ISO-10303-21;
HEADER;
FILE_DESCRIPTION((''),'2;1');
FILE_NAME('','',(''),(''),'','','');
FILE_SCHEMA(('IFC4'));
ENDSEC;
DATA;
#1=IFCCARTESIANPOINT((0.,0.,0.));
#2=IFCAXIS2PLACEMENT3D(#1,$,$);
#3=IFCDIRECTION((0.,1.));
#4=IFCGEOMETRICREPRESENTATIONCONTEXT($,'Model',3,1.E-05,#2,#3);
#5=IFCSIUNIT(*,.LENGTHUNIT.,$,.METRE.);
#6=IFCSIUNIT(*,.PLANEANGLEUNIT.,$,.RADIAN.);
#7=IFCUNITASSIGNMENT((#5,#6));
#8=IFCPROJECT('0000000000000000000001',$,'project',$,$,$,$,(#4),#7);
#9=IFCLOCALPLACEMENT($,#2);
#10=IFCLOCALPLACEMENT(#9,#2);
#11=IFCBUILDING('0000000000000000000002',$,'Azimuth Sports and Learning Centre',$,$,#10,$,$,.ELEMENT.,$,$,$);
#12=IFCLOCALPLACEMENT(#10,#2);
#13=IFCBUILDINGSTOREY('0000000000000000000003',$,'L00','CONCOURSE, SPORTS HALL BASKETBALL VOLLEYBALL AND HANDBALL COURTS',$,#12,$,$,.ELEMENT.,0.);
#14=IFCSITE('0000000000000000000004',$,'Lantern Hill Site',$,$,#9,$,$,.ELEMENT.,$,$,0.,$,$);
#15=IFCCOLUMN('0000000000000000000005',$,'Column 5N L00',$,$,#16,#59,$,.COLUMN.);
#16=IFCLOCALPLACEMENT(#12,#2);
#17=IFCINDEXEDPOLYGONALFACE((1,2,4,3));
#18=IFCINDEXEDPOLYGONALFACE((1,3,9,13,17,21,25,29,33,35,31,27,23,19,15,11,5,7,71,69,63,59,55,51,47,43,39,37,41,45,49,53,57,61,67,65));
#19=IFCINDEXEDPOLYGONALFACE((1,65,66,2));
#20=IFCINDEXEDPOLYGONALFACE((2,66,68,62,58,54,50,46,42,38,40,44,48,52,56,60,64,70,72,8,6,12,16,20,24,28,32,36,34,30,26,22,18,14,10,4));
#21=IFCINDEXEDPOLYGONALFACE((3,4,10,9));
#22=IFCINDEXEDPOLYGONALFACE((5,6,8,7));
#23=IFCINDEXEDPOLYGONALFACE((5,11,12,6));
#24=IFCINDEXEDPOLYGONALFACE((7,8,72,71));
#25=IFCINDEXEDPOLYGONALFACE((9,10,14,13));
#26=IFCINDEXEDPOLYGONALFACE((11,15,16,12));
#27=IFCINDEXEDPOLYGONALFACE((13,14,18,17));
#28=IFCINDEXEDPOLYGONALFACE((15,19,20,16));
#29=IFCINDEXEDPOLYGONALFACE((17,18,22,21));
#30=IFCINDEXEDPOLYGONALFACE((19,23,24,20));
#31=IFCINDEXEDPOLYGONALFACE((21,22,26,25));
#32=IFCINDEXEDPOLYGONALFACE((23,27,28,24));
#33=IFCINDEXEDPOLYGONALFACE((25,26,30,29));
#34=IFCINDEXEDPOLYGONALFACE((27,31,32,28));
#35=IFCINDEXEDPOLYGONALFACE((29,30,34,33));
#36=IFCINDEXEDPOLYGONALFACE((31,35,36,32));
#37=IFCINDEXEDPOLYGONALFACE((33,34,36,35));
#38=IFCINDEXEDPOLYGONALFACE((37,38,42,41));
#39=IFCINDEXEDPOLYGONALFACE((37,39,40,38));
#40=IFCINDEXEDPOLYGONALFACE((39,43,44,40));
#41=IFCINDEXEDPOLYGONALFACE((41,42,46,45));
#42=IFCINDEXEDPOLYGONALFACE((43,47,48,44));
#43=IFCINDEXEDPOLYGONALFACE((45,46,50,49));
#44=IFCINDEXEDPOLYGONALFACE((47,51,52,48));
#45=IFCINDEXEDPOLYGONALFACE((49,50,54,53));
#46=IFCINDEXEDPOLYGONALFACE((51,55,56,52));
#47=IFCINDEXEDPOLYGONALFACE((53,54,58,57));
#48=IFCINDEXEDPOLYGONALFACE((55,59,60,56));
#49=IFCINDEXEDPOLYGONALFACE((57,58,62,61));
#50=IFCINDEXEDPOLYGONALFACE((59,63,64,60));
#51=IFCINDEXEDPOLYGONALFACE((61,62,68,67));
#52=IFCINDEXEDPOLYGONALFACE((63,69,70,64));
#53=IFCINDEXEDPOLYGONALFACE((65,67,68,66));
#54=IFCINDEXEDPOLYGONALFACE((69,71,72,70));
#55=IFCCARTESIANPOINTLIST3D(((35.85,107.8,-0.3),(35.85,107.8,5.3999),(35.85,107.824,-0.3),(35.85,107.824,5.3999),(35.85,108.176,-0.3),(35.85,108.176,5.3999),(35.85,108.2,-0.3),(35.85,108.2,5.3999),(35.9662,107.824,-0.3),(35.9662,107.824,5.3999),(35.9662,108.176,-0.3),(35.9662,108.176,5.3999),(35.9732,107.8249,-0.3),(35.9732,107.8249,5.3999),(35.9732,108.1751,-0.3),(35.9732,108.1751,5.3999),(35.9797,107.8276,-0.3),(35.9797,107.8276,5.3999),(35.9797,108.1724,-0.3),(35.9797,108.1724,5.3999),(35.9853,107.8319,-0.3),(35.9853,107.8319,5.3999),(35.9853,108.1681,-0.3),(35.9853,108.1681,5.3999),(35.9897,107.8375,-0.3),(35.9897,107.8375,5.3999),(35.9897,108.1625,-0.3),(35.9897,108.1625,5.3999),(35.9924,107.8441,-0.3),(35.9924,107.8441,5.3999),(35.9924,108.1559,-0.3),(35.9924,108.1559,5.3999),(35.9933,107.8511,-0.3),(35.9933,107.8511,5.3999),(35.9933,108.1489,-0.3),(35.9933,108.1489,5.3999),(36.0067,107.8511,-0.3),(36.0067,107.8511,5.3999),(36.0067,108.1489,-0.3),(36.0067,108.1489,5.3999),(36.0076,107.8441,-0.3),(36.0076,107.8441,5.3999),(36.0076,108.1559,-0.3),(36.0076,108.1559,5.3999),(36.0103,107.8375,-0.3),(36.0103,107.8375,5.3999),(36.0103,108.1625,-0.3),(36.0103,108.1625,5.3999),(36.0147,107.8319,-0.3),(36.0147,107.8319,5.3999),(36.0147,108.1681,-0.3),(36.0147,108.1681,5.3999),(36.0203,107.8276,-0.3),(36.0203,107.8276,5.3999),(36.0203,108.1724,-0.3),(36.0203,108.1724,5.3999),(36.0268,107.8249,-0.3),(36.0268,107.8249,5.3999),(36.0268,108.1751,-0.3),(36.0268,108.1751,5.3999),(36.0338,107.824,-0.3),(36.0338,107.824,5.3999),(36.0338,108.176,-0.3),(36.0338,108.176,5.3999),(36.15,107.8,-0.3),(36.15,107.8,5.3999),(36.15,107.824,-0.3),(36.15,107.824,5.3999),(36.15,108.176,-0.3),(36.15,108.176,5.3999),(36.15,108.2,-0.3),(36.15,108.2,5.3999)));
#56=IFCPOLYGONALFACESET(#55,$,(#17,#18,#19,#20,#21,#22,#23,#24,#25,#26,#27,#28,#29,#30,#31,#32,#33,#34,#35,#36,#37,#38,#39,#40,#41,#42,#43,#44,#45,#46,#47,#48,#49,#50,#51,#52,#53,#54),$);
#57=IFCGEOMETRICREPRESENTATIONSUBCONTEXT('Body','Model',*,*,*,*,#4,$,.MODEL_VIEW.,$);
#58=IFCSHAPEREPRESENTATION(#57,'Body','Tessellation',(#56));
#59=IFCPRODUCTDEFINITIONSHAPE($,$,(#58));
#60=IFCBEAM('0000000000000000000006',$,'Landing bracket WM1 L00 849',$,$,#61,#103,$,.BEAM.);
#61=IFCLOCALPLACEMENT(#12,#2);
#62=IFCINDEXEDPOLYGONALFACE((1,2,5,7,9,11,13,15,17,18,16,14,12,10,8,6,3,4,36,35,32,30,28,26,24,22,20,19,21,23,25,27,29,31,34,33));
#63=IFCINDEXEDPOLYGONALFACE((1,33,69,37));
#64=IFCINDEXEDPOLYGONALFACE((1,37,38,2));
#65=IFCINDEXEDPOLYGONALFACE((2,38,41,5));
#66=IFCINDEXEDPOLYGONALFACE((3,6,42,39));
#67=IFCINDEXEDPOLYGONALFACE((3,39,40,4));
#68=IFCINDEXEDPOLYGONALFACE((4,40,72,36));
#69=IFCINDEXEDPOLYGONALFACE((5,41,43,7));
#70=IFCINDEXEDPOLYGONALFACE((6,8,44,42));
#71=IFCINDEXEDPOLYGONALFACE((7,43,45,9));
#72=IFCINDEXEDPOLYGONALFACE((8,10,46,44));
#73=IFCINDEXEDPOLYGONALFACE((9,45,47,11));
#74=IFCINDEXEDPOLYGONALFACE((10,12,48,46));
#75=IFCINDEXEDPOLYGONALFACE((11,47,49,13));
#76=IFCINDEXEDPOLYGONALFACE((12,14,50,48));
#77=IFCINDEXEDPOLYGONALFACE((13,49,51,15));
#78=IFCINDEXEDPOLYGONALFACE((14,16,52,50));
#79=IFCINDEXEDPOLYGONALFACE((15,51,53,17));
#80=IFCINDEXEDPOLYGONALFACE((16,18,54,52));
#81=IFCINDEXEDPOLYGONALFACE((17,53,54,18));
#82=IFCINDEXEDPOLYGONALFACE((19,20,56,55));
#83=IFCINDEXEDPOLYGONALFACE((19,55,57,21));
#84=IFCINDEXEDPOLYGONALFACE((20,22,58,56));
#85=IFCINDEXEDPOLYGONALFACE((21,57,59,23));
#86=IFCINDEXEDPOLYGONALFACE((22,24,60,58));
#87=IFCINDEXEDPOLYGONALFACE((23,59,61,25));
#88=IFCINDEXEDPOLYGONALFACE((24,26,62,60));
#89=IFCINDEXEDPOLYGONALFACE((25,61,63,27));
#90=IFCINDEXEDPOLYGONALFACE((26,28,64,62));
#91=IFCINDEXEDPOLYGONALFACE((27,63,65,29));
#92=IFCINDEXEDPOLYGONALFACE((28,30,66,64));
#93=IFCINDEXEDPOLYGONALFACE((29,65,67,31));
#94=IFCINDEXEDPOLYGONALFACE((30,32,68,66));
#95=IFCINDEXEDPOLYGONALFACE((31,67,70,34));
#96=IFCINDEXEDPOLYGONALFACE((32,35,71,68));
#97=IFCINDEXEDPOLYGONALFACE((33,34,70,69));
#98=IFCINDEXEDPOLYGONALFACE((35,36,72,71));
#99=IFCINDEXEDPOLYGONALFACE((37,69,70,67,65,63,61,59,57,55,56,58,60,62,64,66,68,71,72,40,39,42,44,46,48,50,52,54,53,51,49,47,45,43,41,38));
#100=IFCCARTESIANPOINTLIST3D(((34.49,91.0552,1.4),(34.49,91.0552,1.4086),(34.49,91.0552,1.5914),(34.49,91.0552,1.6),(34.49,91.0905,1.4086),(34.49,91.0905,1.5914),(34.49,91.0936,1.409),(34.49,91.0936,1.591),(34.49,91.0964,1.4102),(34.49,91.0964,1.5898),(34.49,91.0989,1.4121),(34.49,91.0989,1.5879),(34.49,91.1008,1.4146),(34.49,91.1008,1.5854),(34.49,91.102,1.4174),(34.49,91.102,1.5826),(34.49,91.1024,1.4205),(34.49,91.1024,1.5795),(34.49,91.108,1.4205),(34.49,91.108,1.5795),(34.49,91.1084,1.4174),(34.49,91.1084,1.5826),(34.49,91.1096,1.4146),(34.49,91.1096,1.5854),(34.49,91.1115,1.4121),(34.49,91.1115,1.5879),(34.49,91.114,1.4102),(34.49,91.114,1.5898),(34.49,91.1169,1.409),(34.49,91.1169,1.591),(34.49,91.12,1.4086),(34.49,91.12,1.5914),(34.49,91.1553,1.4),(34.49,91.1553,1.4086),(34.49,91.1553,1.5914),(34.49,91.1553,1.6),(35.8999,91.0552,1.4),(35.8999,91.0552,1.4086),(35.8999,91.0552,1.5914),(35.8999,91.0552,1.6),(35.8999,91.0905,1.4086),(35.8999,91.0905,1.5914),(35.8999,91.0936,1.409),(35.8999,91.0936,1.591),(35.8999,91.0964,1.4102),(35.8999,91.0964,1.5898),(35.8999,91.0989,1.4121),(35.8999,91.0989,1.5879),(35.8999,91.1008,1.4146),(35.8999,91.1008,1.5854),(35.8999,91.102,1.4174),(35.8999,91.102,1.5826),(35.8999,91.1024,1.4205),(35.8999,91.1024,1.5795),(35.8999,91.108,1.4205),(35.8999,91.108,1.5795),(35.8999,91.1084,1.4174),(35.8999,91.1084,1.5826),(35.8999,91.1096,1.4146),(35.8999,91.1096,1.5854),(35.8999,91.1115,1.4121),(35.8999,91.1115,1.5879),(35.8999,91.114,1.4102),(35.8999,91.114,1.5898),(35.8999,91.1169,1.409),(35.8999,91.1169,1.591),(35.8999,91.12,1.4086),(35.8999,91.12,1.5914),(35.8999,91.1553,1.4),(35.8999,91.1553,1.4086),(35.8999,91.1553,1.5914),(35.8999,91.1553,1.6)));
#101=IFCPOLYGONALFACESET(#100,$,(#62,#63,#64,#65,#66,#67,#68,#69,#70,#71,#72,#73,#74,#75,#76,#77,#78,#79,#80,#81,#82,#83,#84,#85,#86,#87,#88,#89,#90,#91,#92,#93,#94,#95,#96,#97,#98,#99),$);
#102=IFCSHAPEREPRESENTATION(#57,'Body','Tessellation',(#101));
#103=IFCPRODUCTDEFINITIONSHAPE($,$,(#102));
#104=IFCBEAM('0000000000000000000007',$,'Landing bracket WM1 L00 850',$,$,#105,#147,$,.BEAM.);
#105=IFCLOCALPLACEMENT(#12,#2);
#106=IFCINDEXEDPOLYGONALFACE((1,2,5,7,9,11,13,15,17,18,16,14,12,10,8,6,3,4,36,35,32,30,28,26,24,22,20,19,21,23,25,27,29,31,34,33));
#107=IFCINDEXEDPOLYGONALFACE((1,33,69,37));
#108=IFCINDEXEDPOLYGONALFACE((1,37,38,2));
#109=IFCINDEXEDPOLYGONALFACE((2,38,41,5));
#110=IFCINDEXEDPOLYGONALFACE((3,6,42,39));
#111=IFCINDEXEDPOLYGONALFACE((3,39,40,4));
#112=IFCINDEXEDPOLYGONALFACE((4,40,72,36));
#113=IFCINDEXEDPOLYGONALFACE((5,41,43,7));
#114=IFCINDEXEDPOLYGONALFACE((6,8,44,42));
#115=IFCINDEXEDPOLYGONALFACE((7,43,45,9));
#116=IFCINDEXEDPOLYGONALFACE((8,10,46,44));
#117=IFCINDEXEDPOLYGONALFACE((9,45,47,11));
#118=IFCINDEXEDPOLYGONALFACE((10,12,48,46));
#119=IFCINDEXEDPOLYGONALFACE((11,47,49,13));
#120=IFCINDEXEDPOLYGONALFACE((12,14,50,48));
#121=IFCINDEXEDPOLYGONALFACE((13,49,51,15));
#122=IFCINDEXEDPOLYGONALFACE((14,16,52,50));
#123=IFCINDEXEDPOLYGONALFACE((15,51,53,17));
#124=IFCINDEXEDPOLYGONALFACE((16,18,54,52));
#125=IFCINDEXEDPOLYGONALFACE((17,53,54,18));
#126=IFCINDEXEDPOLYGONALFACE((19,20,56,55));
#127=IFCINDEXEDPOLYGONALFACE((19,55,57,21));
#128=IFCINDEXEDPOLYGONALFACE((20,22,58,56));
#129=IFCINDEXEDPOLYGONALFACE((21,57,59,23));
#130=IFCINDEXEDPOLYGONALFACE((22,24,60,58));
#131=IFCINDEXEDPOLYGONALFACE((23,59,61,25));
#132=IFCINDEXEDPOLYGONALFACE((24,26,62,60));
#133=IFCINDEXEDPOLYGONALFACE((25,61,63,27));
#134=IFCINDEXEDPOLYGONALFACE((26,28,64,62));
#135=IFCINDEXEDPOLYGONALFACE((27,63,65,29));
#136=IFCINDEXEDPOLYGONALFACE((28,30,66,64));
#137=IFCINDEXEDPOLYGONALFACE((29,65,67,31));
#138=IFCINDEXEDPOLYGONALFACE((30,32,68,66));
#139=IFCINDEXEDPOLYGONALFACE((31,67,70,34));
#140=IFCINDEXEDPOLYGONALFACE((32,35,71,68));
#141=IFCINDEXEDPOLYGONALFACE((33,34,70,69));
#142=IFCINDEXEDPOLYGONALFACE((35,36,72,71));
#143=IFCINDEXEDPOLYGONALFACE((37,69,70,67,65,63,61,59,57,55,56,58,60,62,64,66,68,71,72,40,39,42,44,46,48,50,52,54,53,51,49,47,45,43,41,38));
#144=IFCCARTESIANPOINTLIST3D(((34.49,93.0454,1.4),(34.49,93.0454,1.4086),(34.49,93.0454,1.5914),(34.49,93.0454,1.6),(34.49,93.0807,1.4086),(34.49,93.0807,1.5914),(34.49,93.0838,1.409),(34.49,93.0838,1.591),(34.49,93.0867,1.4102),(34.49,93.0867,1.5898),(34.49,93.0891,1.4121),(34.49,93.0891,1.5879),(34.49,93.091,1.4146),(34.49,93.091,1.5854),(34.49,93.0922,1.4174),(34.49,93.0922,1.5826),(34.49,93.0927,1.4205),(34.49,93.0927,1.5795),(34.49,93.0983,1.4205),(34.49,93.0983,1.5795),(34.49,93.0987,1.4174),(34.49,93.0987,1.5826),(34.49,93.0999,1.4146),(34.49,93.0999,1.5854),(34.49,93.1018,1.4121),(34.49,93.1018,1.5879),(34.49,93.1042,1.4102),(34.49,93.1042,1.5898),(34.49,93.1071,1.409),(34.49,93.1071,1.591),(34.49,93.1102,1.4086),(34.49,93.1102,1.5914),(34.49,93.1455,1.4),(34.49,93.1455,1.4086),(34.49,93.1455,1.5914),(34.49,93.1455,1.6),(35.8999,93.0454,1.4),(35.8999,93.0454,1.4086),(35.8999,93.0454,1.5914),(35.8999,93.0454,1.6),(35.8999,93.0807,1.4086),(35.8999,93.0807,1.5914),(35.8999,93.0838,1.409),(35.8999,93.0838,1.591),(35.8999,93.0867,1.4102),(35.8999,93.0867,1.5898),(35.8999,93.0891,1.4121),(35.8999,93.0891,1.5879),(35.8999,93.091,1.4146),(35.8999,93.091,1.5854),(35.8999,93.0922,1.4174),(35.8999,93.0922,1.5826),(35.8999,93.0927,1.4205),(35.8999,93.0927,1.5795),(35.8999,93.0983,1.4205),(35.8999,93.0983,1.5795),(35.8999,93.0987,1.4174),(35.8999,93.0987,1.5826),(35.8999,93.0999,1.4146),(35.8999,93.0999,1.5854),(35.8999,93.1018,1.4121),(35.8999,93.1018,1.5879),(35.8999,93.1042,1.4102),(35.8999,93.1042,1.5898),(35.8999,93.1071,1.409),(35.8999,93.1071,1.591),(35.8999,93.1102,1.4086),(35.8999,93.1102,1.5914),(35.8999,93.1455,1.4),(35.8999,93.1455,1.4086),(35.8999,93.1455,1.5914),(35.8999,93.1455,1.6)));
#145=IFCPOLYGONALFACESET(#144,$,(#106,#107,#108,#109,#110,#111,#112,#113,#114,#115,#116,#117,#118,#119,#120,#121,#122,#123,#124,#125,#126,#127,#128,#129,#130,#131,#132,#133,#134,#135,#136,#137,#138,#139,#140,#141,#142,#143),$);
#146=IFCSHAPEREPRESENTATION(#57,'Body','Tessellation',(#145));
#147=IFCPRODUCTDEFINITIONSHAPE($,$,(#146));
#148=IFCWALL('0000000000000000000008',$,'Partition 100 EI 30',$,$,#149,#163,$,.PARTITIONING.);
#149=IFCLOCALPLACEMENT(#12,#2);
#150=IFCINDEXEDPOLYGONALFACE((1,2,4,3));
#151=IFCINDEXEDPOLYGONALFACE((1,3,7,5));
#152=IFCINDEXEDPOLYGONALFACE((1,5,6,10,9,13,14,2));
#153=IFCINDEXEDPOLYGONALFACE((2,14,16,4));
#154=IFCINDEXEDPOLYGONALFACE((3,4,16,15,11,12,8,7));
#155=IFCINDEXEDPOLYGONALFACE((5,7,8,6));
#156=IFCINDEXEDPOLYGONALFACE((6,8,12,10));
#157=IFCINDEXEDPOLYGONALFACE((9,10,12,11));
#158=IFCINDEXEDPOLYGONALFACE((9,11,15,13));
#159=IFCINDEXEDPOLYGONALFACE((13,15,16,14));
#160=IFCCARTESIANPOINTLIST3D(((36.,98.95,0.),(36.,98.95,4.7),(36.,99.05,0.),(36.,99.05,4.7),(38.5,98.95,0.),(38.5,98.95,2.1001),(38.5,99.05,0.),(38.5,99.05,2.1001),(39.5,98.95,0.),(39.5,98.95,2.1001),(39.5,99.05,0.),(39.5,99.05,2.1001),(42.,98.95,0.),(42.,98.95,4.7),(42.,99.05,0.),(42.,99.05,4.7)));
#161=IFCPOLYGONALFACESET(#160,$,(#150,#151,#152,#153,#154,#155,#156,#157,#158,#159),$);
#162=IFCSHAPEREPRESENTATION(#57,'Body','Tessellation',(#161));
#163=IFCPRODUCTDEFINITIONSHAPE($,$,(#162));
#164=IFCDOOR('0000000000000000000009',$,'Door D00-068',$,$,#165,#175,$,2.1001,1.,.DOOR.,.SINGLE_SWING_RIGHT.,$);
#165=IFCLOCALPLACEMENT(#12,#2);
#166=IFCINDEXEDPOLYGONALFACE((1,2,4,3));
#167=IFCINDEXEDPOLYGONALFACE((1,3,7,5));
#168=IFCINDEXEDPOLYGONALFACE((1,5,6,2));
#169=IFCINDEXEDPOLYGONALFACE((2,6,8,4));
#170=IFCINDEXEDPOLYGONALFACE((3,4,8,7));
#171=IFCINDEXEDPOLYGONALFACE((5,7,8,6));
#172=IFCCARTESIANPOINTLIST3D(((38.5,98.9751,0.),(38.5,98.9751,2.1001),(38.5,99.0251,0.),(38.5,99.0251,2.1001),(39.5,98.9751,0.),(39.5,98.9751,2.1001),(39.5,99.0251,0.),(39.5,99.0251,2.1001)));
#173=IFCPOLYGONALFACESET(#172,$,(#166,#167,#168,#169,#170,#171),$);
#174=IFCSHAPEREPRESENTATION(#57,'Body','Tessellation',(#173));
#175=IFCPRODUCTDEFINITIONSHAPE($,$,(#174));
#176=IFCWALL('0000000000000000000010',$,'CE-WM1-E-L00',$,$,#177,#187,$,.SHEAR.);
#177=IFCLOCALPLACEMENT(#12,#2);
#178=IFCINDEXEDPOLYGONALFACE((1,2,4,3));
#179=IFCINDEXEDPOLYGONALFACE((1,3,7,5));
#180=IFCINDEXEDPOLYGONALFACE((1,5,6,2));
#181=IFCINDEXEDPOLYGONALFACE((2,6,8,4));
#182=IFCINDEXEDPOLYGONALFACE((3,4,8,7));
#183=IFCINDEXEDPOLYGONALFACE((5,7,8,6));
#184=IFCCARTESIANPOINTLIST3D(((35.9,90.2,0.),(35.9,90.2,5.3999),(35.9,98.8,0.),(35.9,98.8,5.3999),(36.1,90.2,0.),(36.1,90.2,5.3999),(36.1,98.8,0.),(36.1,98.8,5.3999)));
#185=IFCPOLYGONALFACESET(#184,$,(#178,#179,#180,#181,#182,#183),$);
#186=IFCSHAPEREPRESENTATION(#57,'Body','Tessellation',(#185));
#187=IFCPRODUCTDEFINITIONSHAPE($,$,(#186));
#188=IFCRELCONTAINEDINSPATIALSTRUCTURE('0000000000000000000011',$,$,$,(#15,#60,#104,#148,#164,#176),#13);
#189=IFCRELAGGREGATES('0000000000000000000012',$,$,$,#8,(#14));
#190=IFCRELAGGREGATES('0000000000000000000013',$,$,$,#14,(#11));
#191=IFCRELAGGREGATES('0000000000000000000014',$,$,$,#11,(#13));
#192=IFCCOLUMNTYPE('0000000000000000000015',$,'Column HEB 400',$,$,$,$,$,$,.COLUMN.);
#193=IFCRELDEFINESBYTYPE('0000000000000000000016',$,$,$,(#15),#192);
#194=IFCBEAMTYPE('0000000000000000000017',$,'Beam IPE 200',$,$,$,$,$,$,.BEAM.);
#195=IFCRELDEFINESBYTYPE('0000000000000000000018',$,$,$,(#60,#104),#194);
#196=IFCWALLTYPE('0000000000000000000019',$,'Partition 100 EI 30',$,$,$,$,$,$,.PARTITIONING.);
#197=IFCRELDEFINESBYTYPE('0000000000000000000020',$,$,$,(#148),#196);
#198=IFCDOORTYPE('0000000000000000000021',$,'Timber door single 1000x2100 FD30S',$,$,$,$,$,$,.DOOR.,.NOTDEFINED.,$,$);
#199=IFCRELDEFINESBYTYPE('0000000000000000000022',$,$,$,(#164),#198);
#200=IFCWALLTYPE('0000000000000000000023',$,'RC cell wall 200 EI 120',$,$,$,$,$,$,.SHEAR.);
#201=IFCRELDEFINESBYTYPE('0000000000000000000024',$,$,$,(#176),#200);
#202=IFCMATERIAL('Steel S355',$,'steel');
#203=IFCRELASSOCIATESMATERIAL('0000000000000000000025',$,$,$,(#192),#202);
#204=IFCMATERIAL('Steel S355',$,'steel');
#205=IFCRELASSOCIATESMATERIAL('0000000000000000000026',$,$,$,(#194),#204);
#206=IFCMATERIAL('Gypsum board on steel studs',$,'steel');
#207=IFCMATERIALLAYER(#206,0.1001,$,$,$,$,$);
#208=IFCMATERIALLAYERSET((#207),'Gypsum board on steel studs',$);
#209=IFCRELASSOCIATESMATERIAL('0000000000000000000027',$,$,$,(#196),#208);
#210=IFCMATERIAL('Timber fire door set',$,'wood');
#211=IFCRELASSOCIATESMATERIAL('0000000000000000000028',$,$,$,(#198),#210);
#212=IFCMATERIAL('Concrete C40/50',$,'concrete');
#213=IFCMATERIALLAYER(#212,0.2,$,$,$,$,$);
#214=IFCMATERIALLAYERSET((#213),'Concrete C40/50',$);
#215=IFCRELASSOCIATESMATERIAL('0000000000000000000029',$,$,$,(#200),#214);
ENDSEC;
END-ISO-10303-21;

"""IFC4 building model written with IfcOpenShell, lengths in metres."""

from ifc_helpers import new_model, si_unit, direction, frame, frame_2d, origin, origin_2d, place, context, subcontext, project, spatial, rectangle, i_section, extrude, material, layer, layer_set, material_profile, profile_set, type_object, element, fill, save


model = new_model("IFC4")

# Units and contexts
model_context = context("Model", 3, precision=1e-05, world=origin(), true_north=direction((0.0, 1.0)))
body_context = subcontext(model_context, "Body", "Model", "MODEL_VIEW")
ifc_project = project(units=[si_unit("LENGTHUNIT", "METRE"), si_unit("PLANEANGLEUNIT", "RADIAN")], contexts=[model_context])

# Site, building, storey
site_placement = place(None, origin())
site = spatial("IfcSite", under=ifc_project, at=site_placement, Name="Lantern Hill Site", CompositionType="ELEMENT", RefElevation=0.0)
building_placement = place(site_placement, origin())
building = spatial("IfcBuilding", under=site, at=building_placement, Name="Azimuth Sports and Learning Centre", CompositionType="ELEMENT")
storey_placement = place(building_placement, origin())
storey = spatial("IfcBuildingStorey", under=building, at=storey_placement, Name="L00", Description="CONCOURSE, SPORTS HALL BASKETBALL VOLLEYBALL AND HANDBALL COURTS", CompositionType="ELEMENT", Elevation=0.0)

# Column
ifc_material_1 = material(Name="Steel S355", Category="steel")
ifc_material_profile_1 = material_profile(ifc_material_1, i_section(OverallWidth=0.3, OverallDepth=0.3999, WebThickness=0.0134, FlangeThickness=0.0239, FilletRadius=0.0271, at=origin_2d()), Name="HEB 400")
ifc_profile_set_1 = profile_set([ifc_material_profile_1], Name="Steel S355")
column_type = type_object("IfcColumnType", Name="Column HEB 400", PredefinedType="COLUMN", material=ifc_profile_set_1)
for number, where, z_axis, x_axis, name in (
    (1, (36.0, 108.0, -0.3), (0.0, 0.0, 1.0), (1.0, 0.0, 0.0), "Column 5N L00"),
):
    element("IfcColumn", number, at=place(storey_placement, frame(where, z_axis=z_axis, x_axis=x_axis)), inside=storey, type_object=column_type, Name=name, PredefinedType="COLUMN", context=body_context, shape_type="SweptSolid", body=[
        extrude(i_section(OverallWidth=0.3, OverallDepth=0.3999, WebThickness=0.0134, FlangeThickness=0.0239, FilletRadius=0.0271, at=origin_2d()), origin(), (0.0, 0.0, 1.0), 5.7),
    ])

# Beams
ifc_material_2 = material(Name="Steel S355", Category="steel")
ifc_material_profile_2 = material_profile(ifc_material_2, i_section(OverallWidth=0.1001, OverallDepth=0.2, WebThickness=0.0056, FlangeThickness=0.0085, FilletRadius=0.012, at=origin_2d()), Name="IPE 200")
ifc_profile_set_2 = profile_set([ifc_material_profile_2], Name="Steel S355")
beam_type = type_object("IfcBeamType", Name="Beam IPE 200", PredefinedType="BEAM", material=ifc_profile_set_2)
for number, where, z_axis, x_axis, name in (
    (2, (35.8999, 91.1052, 1.5), (-1.0, 0.0, 0.0), (0.0, -1.0, 0.0), "Landing bracket WM1 L00 849"),
    (3, (35.8999, 93.0955, 1.5), (-1.0, 0.0, 0.0), (0.0, -1.0, 0.0), "Landing bracket WM1 L00 850"),
):
    element("IfcBeam", number, at=place(storey_placement, frame(where, z_axis=z_axis, x_axis=x_axis)), inside=storey, type_object=beam_type, Name=name, PredefinedType="BEAM", context=body_context, shape_type="SweptSolid", body=[
        extrude(i_section(OverallWidth=0.1001, OverallDepth=0.2, WebThickness=0.0056, FlangeThickness=0.0085, FilletRadius=0.012, at=origin_2d()), origin(), (0.0, 0.0, 1.0), 1.4099),
    ])

# Wall, opening, door
ifc_material_3 = material(Name="Gypsum board on steel studs", Category="steel")
ifc_layer_1 = layer(ifc_material_3, 0.1001)
ifc_layer_set_1 = layer_set([ifc_layer_1], Name="Gypsum board on steel studs")
wall_type_1 = type_object("IfcWallType", Name="Partition 100 EI 30", PredefinedType="PARTITIONING", material=ifc_layer_set_1)
wall_1_placement = place(storey_placement, frame((36.0, 99.0, 0.0), z_axis=(0.0, 0.0, 1.0), x_axis=(1.0, 0.0, 0.0)))
wall_1 = element("IfcWall", 4, at=wall_1_placement, inside=storey, type_object=wall_type_1, Name="Partition 100 EI 30", PredefinedType="PARTITIONING", context=body_context, shape_type="SweptSolid", body=[
    extrude(rectangle(XDim=6.0, YDim=0.1001, at=frame_2d((3.0, 0.0))), origin(), (0.0, 0.0, 1.0), 4.7),
])
opening_placement = place(wall_1_placement, frame((2.5, 0.0, 0.0)))
opening = element("IfcOpeningElement", 5, at=opening_placement, cuts=wall_1, PredefinedType="OPENING", context=body_context, shape_type="SweptSolid", body=[
    extrude(rectangle(XDim=1.0, YDim=2.1001, at=frame_2d((0.5, 1.05))), frame((0.0, 0.061, 0.0), z_axis=(0.0, -1.0, 0.0), x_axis=(1.0, 0.0, 0.0)), (0.0, 0.0, 1.0), 0.1221),
])
ifc_material_4 = material(Name="Timber fire door set", Category="wood")
door_type = type_object("IfcDoorType", Name="Timber door single 1000x2100 FD30S", OperationType="NOTDEFINED", PredefinedType="DOOR", material=ifc_material_4)
door_placement = place(opening_placement, frame((1.0, 0.0, 0.0), z_axis=(0.0, 0.0, 1.0), x_axis=(-1.0, 0.0, 0.0)))
door = element("IfcDoor", 6, at=door_placement, inside=storey, type_object=door_type, Name="Door D00-068", OperationType="SINGLE_SWING_RIGHT", OverallHeight=2.1001, OverallWidth=1.0, PredefinedType="DOOR", context=body_context, shape_type="SweptSolid", body=[
    extrude(rectangle(XDim=1.0, YDim=2.1001, at=frame_2d((0.5, 1.05))), frame((0.0, 0.0249, 0.0), z_axis=(0.0, -1.0, 0.0), x_axis=(1.0, 0.0, 0.0)), (0.0, 0.0, 1.0), 0.05),
])
fill(opening, door)

# Wall
ifc_material_5 = material(Name="Concrete C40/50", Category="concrete")
ifc_layer_2 = layer(ifc_material_5, 0.2)
ifc_layer_set_2 = layer_set([ifc_layer_2], Name="Concrete C40/50")
wall_type_2 = type_object("IfcWallType", Name="RC cell wall 200 EI 120", PredefinedType="SHEAR", material=ifc_layer_set_2)
wall_2_placement = place(storey_placement, frame((36.0, 90.2, 0.0), z_axis=(0.0, 0.0, 1.0), x_axis=(0.0, 1.0, 0.0)))
element("IfcWall", 7, at=wall_2_placement, inside=storey, type_object=wall_type_2, Name="CE-WM1-E-L00", PredefinedType="SHEAR", context=body_context, shape_type="SweptSolid", body=[
    extrude(rectangle(XDim=8.6001, YDim=0.2, at=frame_2d((4.3, 0.0))), origin(), (0.0, 0.0, 1.0), 5.3999),
])

save(model, "model.ifc")
